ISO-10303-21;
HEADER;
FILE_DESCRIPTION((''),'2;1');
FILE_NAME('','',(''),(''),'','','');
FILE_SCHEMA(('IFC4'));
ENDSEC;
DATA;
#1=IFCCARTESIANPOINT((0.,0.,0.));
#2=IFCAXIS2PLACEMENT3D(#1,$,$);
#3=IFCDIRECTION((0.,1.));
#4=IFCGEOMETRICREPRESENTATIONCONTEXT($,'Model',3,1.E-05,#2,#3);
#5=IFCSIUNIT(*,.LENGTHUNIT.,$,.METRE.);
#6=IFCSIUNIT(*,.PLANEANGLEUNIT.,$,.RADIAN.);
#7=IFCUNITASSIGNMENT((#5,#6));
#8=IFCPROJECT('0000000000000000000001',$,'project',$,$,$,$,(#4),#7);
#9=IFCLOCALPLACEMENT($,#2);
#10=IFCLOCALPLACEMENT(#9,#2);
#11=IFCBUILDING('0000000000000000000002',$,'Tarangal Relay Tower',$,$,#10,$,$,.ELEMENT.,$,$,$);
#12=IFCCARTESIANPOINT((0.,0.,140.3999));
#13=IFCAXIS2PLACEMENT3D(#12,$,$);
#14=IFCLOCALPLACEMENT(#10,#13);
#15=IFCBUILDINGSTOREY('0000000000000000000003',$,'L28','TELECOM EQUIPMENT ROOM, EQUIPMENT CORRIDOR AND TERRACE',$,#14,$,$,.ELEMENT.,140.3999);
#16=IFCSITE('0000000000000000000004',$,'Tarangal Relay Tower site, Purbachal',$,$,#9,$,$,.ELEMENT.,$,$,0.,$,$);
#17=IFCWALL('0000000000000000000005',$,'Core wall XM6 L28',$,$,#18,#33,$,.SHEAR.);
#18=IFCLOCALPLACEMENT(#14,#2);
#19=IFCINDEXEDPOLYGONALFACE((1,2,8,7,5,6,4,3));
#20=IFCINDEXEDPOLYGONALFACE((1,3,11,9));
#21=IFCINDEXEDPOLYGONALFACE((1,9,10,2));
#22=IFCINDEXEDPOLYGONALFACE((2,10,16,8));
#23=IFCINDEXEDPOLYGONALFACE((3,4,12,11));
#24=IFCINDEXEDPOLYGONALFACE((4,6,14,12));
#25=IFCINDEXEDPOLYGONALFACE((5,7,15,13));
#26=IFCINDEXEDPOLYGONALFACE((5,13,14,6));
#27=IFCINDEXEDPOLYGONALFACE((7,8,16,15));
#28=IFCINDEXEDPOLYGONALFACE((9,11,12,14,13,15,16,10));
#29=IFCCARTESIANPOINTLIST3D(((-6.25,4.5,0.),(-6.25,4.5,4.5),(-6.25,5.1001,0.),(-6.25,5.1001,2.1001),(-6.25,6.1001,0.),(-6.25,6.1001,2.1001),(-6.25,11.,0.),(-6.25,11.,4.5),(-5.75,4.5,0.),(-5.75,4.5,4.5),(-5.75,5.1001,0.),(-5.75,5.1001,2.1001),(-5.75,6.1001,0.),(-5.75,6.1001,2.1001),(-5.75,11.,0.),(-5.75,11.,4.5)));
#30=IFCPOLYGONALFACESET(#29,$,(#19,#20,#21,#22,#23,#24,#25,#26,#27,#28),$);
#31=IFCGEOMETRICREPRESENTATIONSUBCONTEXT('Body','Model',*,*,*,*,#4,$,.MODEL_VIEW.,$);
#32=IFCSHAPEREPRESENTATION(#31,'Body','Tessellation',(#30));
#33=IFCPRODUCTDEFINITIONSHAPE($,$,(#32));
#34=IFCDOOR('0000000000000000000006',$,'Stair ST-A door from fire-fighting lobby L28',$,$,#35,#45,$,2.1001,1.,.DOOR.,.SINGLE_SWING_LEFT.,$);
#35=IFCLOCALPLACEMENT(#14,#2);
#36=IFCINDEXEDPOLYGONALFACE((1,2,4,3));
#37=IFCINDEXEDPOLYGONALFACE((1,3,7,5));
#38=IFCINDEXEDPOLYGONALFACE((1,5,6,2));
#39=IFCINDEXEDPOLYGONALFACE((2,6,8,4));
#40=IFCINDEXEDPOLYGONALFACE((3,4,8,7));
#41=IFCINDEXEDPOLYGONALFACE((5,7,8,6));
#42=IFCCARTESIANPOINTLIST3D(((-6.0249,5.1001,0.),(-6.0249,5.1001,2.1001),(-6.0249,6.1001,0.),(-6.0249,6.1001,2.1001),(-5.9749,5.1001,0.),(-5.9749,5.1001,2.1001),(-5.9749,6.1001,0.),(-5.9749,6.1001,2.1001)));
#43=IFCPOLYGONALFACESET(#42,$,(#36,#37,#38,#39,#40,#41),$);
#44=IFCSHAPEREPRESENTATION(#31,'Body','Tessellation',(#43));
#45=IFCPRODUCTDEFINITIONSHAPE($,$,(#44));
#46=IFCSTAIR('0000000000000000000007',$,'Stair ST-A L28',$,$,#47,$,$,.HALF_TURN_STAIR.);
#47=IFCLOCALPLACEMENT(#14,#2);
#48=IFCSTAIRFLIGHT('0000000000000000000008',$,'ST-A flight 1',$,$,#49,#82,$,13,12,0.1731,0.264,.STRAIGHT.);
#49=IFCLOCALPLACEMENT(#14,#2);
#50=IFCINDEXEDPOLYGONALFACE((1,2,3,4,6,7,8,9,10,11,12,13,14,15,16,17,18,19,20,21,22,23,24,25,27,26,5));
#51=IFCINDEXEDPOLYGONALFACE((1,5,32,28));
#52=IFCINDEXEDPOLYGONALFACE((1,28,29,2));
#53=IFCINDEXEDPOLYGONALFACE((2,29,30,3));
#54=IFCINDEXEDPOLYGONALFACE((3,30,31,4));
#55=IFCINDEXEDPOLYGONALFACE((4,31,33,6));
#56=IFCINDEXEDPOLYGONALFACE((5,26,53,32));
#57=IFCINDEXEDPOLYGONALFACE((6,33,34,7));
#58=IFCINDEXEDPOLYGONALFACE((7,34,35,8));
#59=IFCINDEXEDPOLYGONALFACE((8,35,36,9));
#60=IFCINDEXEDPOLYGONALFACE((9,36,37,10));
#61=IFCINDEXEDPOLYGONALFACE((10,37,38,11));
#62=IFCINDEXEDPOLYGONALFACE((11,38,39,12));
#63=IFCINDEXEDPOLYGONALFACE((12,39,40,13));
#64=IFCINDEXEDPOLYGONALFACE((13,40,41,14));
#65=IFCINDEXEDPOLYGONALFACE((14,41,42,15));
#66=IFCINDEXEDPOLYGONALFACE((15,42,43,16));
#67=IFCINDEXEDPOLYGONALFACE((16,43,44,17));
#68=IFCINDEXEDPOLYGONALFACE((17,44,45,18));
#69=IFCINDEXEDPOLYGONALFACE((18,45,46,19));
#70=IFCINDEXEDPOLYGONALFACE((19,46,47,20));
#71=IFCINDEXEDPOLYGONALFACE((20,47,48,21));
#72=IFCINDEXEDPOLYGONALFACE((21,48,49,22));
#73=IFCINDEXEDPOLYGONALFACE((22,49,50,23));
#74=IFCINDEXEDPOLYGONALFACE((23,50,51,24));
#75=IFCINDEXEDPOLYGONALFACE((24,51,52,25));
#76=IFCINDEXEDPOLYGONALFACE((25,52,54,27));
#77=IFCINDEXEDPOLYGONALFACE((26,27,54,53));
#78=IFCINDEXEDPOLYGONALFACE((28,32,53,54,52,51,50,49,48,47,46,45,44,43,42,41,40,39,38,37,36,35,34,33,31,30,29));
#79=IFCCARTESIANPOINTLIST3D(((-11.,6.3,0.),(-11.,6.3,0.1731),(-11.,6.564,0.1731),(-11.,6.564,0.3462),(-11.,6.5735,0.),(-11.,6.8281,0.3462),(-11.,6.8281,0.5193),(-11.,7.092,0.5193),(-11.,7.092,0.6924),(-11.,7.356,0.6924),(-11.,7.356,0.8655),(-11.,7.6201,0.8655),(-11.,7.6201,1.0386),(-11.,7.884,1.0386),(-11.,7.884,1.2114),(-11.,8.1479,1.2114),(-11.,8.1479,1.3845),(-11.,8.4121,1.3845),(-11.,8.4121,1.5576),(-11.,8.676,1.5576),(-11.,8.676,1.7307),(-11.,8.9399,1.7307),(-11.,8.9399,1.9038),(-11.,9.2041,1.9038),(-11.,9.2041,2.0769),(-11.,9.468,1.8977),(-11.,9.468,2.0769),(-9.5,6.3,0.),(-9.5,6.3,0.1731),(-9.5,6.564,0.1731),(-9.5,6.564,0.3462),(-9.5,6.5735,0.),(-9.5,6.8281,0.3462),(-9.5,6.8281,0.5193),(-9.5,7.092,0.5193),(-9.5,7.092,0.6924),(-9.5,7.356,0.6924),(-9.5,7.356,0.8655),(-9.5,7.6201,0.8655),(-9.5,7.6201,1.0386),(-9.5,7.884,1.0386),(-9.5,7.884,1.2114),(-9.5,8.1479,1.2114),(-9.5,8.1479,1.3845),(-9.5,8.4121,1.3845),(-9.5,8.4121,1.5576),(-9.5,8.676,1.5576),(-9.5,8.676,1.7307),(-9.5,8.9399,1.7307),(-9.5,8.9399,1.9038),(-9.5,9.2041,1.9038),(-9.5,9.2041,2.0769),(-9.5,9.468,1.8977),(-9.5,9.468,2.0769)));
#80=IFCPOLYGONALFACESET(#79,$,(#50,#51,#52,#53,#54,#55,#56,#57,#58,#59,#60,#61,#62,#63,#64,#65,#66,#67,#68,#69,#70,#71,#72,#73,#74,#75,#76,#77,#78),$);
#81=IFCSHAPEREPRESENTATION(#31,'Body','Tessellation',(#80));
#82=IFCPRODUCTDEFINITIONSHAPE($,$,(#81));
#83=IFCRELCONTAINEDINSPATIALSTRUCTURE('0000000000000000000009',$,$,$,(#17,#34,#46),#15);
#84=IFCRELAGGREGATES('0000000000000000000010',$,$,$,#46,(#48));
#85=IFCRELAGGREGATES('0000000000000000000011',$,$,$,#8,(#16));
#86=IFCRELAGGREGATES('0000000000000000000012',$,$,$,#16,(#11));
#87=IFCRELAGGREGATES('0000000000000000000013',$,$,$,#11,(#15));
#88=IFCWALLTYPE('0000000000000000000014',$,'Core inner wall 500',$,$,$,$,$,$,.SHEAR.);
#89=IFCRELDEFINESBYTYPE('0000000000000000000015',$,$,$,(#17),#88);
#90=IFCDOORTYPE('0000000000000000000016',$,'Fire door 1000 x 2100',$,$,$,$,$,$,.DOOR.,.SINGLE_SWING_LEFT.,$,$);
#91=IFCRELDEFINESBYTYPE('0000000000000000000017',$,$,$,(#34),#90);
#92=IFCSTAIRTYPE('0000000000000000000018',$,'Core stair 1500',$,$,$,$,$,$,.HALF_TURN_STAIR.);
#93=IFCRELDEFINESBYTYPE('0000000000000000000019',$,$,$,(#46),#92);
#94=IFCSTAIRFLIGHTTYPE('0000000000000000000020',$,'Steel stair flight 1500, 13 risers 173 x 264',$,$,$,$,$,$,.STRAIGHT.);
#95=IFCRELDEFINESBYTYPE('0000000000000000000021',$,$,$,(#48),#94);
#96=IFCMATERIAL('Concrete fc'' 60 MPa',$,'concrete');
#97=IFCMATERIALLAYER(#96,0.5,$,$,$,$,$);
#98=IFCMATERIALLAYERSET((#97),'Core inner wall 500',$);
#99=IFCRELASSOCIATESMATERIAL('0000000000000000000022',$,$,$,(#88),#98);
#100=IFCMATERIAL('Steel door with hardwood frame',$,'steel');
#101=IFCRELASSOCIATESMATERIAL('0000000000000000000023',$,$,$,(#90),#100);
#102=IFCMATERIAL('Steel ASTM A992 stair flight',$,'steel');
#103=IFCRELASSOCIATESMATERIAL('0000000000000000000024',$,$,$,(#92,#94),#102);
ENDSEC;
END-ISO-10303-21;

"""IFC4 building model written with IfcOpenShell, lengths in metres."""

from ifc_helpers import new_model, si_unit, direction, frame, frame_2d, origin, place, context, subcontext, project, spatial, polyline, rectangle, outline, extrude, material, layer, layer_set, type_object, element, fill, aggregate, save


model = new_model("IFC4")

# Units and contexts
model_context = context("Model", 3, precision=1e-05, world=origin(), true_north=direction((0.0, 1.0)))
body_context = subcontext(model_context, "Body", "Model", "MODEL_VIEW")
ifc_project = project(units=[si_unit("LENGTHUNIT", "METRE"), si_unit("PLANEANGLEUNIT", "RADIAN")], contexts=[model_context])

# Site, building, storey
site_placement = place(None, origin())
site = spatial("IfcSite", under=ifc_project, at=site_placement, Name="Tarangal Relay Tower site, Purbachal", CompositionType="ELEMENT", RefElevation=0.0)
building_placement = place(site_placement, origin())
building = spatial("IfcBuilding", under=site, at=building_placement, Name="Tarangal Relay Tower", CompositionType="ELEMENT")
storey_placement = place(building_placement, frame((0.0, 0.0, 140.3999)))
storey = spatial("IfcBuildingStorey", under=building, at=storey_placement, Name="L28", Description="TELECOM EQUIPMENT ROOM, EQUIPMENT CORRIDOR AND TERRACE", CompositionType="ELEMENT", Elevation=140.3999)

# Shared definitions
ifc_material_1 = material(Name="Concrete fc' 60 MPa", Category="concrete")
ifc_layer_1 = layer(ifc_material_1, 0.5)
ifc_layer_set_1 = layer_set([ifc_layer_1], Name="Core inner wall 500")
wall_type = type_object("IfcWallType", Name="Core inner wall 500", PredefinedType="SHEAR", material=ifc_layer_set_1)
ifc_material_2 = material(Name="Steel door with hardwood frame", Category="steel")

# Wall, opening, door
wall_1_placement = place(storey_placement, frame((-6.0, 4.5, 0.0), z_axis=(0.0, 0.0, 1.0), x_axis=(0.0, 1.0, 0.0)))
wall_1 = element("IfcWall", 1, at=wall_1_placement, inside=storey, type_object=wall_type, Name="Core wall XM6 L28", PredefinedType="SHEAR", context=body_context, shape_type="SweptSolid", body=[
    extrude(rectangle(XDim=6.5, YDim=0.5, at=frame_2d((3.25, 0.0))), origin(), (0.0, 0.0, 1.0), 4.5),
])
opening_1_placement = place(wall_1_placement, frame((0.6001, 0.0, 0.0)))
opening_1 = element("IfcOpeningElement", 2, at=opening_1_placement, cuts=wall_1, PredefinedType="OPENING", context=body_context, shape_type="SweptSolid", body=[
    extrude(rectangle(XDim=1.0, YDim=2.1001, at=frame_2d((0.5, 1.05))), frame((0.0, 0.26, 0.0), z_axis=(0.0, -1.0, 0.0), x_axis=(1.0, 0.0, 0.0)), (0.0, 0.0, 1.0), 0.52),
])
door_type_1 = type_object("IfcDoorType", Name="Fire door 1000 x 2100", OperationType="SINGLE_SWING_LEFT", PredefinedType="DOOR", material=ifc_material_2)
door_1_placement = place(opening_1_placement, origin())
door_1 = element("IfcDoor", 3, at=door_1_placement, inside=storey, type_object=door_type_1, Name="Stair ST-A door from fire-fighting lobby L28", OperationType="SINGLE_SWING_LEFT", OverallHeight=2.1001, OverallWidth=1.0, PredefinedType="DOOR", context=body_context, shape_type="SweptSolid", body=[
    extrude(rectangle(XDim=1.0, YDim=2.1001, at=frame_2d((0.5, 1.05))), frame((0.0, 0.0249, 0.0), z_axis=(0.0, -1.0, 0.0), x_axis=(1.0, 0.0, 0.0)), (0.0, 0.0, 1.0), 0.05),
])
fill(opening_1, door_1)

# Stair, stair flight
ifc_material_3 = material(Name="Steel ASTM A992 stair flight", Category="steel")
stair_type = type_object("IfcStairType", Name="Core stair 1500", PredefinedType="HALF_TURN_STAIR", material=ifc_material_3)
stair_placement = place(storey_placement, origin())
stair = element("IfcStair", 4, at=stair_placement, inside=storey, type_object=stair_type, Name="Stair ST-A L28", PredefinedType="HALF_TURN_STAIR")
stair_flight_type = type_object("IfcStairFlightType", Name="Steel stair flight 1500, 13 risers 173 x 264", PredefinedType="STRAIGHT", material=ifc_material_3)
stair_flight_placement = place(storey_placement, frame((-10.25, 6.3, 0.0), z_axis=(0.0, 0.0, 1.0), x_axis=(0.0, 1.0, 0.0)))
stair_flight = element("IfcStairFlight", 5, at=stair_flight_placement, type_object=stair_flight_type, Name="ST-A flight 1", NumberOfRisers=13, NumberOfTreads=12, PredefinedType="STRAIGHT", RiserHeight=0.1731, TreadLength=0.264, context=body_context, shape_type="SweptSolid", body=[
    extrude(outline(polyline([(0.0, 0.0), (0.0, 0.1731), (0.2639, 0.1731), (0.2639, 0.3462), (0.5281, 0.3462), (0.5281, 0.5193), (0.792, 0.5193), (0.792, 0.6924), (1.0559, 0.6924), (1.0559, 0.8655), (1.3201, 0.8655), (1.3201, 1.0386), (1.584, 1.0386), (1.584, 1.2114), (1.8479, 1.2114), (1.8479, 1.3845), (2.1121, 1.3845), (2.1121, 1.5576), (2.376, 1.5576), (2.376, 1.7307), (2.6399, 1.7307), (2.6399, 1.9038), (2.9041, 1.9038), (2.9041, 2.0769), (3.168, 2.0769), (3.168, 2.25), (3.168, 1.8977), (0.2734, 0.0), (0.0, 0.0)])), frame((0.0, 0.75, 0.0), z_axis=(0.0, -1.0, 0.0), x_axis=(1.0, 0.0, 0.0)), (0.0, 0.0, 1.0), 1.5),
])
aggregate(stair, [stair_flight])

save(model, "model.ifc")
